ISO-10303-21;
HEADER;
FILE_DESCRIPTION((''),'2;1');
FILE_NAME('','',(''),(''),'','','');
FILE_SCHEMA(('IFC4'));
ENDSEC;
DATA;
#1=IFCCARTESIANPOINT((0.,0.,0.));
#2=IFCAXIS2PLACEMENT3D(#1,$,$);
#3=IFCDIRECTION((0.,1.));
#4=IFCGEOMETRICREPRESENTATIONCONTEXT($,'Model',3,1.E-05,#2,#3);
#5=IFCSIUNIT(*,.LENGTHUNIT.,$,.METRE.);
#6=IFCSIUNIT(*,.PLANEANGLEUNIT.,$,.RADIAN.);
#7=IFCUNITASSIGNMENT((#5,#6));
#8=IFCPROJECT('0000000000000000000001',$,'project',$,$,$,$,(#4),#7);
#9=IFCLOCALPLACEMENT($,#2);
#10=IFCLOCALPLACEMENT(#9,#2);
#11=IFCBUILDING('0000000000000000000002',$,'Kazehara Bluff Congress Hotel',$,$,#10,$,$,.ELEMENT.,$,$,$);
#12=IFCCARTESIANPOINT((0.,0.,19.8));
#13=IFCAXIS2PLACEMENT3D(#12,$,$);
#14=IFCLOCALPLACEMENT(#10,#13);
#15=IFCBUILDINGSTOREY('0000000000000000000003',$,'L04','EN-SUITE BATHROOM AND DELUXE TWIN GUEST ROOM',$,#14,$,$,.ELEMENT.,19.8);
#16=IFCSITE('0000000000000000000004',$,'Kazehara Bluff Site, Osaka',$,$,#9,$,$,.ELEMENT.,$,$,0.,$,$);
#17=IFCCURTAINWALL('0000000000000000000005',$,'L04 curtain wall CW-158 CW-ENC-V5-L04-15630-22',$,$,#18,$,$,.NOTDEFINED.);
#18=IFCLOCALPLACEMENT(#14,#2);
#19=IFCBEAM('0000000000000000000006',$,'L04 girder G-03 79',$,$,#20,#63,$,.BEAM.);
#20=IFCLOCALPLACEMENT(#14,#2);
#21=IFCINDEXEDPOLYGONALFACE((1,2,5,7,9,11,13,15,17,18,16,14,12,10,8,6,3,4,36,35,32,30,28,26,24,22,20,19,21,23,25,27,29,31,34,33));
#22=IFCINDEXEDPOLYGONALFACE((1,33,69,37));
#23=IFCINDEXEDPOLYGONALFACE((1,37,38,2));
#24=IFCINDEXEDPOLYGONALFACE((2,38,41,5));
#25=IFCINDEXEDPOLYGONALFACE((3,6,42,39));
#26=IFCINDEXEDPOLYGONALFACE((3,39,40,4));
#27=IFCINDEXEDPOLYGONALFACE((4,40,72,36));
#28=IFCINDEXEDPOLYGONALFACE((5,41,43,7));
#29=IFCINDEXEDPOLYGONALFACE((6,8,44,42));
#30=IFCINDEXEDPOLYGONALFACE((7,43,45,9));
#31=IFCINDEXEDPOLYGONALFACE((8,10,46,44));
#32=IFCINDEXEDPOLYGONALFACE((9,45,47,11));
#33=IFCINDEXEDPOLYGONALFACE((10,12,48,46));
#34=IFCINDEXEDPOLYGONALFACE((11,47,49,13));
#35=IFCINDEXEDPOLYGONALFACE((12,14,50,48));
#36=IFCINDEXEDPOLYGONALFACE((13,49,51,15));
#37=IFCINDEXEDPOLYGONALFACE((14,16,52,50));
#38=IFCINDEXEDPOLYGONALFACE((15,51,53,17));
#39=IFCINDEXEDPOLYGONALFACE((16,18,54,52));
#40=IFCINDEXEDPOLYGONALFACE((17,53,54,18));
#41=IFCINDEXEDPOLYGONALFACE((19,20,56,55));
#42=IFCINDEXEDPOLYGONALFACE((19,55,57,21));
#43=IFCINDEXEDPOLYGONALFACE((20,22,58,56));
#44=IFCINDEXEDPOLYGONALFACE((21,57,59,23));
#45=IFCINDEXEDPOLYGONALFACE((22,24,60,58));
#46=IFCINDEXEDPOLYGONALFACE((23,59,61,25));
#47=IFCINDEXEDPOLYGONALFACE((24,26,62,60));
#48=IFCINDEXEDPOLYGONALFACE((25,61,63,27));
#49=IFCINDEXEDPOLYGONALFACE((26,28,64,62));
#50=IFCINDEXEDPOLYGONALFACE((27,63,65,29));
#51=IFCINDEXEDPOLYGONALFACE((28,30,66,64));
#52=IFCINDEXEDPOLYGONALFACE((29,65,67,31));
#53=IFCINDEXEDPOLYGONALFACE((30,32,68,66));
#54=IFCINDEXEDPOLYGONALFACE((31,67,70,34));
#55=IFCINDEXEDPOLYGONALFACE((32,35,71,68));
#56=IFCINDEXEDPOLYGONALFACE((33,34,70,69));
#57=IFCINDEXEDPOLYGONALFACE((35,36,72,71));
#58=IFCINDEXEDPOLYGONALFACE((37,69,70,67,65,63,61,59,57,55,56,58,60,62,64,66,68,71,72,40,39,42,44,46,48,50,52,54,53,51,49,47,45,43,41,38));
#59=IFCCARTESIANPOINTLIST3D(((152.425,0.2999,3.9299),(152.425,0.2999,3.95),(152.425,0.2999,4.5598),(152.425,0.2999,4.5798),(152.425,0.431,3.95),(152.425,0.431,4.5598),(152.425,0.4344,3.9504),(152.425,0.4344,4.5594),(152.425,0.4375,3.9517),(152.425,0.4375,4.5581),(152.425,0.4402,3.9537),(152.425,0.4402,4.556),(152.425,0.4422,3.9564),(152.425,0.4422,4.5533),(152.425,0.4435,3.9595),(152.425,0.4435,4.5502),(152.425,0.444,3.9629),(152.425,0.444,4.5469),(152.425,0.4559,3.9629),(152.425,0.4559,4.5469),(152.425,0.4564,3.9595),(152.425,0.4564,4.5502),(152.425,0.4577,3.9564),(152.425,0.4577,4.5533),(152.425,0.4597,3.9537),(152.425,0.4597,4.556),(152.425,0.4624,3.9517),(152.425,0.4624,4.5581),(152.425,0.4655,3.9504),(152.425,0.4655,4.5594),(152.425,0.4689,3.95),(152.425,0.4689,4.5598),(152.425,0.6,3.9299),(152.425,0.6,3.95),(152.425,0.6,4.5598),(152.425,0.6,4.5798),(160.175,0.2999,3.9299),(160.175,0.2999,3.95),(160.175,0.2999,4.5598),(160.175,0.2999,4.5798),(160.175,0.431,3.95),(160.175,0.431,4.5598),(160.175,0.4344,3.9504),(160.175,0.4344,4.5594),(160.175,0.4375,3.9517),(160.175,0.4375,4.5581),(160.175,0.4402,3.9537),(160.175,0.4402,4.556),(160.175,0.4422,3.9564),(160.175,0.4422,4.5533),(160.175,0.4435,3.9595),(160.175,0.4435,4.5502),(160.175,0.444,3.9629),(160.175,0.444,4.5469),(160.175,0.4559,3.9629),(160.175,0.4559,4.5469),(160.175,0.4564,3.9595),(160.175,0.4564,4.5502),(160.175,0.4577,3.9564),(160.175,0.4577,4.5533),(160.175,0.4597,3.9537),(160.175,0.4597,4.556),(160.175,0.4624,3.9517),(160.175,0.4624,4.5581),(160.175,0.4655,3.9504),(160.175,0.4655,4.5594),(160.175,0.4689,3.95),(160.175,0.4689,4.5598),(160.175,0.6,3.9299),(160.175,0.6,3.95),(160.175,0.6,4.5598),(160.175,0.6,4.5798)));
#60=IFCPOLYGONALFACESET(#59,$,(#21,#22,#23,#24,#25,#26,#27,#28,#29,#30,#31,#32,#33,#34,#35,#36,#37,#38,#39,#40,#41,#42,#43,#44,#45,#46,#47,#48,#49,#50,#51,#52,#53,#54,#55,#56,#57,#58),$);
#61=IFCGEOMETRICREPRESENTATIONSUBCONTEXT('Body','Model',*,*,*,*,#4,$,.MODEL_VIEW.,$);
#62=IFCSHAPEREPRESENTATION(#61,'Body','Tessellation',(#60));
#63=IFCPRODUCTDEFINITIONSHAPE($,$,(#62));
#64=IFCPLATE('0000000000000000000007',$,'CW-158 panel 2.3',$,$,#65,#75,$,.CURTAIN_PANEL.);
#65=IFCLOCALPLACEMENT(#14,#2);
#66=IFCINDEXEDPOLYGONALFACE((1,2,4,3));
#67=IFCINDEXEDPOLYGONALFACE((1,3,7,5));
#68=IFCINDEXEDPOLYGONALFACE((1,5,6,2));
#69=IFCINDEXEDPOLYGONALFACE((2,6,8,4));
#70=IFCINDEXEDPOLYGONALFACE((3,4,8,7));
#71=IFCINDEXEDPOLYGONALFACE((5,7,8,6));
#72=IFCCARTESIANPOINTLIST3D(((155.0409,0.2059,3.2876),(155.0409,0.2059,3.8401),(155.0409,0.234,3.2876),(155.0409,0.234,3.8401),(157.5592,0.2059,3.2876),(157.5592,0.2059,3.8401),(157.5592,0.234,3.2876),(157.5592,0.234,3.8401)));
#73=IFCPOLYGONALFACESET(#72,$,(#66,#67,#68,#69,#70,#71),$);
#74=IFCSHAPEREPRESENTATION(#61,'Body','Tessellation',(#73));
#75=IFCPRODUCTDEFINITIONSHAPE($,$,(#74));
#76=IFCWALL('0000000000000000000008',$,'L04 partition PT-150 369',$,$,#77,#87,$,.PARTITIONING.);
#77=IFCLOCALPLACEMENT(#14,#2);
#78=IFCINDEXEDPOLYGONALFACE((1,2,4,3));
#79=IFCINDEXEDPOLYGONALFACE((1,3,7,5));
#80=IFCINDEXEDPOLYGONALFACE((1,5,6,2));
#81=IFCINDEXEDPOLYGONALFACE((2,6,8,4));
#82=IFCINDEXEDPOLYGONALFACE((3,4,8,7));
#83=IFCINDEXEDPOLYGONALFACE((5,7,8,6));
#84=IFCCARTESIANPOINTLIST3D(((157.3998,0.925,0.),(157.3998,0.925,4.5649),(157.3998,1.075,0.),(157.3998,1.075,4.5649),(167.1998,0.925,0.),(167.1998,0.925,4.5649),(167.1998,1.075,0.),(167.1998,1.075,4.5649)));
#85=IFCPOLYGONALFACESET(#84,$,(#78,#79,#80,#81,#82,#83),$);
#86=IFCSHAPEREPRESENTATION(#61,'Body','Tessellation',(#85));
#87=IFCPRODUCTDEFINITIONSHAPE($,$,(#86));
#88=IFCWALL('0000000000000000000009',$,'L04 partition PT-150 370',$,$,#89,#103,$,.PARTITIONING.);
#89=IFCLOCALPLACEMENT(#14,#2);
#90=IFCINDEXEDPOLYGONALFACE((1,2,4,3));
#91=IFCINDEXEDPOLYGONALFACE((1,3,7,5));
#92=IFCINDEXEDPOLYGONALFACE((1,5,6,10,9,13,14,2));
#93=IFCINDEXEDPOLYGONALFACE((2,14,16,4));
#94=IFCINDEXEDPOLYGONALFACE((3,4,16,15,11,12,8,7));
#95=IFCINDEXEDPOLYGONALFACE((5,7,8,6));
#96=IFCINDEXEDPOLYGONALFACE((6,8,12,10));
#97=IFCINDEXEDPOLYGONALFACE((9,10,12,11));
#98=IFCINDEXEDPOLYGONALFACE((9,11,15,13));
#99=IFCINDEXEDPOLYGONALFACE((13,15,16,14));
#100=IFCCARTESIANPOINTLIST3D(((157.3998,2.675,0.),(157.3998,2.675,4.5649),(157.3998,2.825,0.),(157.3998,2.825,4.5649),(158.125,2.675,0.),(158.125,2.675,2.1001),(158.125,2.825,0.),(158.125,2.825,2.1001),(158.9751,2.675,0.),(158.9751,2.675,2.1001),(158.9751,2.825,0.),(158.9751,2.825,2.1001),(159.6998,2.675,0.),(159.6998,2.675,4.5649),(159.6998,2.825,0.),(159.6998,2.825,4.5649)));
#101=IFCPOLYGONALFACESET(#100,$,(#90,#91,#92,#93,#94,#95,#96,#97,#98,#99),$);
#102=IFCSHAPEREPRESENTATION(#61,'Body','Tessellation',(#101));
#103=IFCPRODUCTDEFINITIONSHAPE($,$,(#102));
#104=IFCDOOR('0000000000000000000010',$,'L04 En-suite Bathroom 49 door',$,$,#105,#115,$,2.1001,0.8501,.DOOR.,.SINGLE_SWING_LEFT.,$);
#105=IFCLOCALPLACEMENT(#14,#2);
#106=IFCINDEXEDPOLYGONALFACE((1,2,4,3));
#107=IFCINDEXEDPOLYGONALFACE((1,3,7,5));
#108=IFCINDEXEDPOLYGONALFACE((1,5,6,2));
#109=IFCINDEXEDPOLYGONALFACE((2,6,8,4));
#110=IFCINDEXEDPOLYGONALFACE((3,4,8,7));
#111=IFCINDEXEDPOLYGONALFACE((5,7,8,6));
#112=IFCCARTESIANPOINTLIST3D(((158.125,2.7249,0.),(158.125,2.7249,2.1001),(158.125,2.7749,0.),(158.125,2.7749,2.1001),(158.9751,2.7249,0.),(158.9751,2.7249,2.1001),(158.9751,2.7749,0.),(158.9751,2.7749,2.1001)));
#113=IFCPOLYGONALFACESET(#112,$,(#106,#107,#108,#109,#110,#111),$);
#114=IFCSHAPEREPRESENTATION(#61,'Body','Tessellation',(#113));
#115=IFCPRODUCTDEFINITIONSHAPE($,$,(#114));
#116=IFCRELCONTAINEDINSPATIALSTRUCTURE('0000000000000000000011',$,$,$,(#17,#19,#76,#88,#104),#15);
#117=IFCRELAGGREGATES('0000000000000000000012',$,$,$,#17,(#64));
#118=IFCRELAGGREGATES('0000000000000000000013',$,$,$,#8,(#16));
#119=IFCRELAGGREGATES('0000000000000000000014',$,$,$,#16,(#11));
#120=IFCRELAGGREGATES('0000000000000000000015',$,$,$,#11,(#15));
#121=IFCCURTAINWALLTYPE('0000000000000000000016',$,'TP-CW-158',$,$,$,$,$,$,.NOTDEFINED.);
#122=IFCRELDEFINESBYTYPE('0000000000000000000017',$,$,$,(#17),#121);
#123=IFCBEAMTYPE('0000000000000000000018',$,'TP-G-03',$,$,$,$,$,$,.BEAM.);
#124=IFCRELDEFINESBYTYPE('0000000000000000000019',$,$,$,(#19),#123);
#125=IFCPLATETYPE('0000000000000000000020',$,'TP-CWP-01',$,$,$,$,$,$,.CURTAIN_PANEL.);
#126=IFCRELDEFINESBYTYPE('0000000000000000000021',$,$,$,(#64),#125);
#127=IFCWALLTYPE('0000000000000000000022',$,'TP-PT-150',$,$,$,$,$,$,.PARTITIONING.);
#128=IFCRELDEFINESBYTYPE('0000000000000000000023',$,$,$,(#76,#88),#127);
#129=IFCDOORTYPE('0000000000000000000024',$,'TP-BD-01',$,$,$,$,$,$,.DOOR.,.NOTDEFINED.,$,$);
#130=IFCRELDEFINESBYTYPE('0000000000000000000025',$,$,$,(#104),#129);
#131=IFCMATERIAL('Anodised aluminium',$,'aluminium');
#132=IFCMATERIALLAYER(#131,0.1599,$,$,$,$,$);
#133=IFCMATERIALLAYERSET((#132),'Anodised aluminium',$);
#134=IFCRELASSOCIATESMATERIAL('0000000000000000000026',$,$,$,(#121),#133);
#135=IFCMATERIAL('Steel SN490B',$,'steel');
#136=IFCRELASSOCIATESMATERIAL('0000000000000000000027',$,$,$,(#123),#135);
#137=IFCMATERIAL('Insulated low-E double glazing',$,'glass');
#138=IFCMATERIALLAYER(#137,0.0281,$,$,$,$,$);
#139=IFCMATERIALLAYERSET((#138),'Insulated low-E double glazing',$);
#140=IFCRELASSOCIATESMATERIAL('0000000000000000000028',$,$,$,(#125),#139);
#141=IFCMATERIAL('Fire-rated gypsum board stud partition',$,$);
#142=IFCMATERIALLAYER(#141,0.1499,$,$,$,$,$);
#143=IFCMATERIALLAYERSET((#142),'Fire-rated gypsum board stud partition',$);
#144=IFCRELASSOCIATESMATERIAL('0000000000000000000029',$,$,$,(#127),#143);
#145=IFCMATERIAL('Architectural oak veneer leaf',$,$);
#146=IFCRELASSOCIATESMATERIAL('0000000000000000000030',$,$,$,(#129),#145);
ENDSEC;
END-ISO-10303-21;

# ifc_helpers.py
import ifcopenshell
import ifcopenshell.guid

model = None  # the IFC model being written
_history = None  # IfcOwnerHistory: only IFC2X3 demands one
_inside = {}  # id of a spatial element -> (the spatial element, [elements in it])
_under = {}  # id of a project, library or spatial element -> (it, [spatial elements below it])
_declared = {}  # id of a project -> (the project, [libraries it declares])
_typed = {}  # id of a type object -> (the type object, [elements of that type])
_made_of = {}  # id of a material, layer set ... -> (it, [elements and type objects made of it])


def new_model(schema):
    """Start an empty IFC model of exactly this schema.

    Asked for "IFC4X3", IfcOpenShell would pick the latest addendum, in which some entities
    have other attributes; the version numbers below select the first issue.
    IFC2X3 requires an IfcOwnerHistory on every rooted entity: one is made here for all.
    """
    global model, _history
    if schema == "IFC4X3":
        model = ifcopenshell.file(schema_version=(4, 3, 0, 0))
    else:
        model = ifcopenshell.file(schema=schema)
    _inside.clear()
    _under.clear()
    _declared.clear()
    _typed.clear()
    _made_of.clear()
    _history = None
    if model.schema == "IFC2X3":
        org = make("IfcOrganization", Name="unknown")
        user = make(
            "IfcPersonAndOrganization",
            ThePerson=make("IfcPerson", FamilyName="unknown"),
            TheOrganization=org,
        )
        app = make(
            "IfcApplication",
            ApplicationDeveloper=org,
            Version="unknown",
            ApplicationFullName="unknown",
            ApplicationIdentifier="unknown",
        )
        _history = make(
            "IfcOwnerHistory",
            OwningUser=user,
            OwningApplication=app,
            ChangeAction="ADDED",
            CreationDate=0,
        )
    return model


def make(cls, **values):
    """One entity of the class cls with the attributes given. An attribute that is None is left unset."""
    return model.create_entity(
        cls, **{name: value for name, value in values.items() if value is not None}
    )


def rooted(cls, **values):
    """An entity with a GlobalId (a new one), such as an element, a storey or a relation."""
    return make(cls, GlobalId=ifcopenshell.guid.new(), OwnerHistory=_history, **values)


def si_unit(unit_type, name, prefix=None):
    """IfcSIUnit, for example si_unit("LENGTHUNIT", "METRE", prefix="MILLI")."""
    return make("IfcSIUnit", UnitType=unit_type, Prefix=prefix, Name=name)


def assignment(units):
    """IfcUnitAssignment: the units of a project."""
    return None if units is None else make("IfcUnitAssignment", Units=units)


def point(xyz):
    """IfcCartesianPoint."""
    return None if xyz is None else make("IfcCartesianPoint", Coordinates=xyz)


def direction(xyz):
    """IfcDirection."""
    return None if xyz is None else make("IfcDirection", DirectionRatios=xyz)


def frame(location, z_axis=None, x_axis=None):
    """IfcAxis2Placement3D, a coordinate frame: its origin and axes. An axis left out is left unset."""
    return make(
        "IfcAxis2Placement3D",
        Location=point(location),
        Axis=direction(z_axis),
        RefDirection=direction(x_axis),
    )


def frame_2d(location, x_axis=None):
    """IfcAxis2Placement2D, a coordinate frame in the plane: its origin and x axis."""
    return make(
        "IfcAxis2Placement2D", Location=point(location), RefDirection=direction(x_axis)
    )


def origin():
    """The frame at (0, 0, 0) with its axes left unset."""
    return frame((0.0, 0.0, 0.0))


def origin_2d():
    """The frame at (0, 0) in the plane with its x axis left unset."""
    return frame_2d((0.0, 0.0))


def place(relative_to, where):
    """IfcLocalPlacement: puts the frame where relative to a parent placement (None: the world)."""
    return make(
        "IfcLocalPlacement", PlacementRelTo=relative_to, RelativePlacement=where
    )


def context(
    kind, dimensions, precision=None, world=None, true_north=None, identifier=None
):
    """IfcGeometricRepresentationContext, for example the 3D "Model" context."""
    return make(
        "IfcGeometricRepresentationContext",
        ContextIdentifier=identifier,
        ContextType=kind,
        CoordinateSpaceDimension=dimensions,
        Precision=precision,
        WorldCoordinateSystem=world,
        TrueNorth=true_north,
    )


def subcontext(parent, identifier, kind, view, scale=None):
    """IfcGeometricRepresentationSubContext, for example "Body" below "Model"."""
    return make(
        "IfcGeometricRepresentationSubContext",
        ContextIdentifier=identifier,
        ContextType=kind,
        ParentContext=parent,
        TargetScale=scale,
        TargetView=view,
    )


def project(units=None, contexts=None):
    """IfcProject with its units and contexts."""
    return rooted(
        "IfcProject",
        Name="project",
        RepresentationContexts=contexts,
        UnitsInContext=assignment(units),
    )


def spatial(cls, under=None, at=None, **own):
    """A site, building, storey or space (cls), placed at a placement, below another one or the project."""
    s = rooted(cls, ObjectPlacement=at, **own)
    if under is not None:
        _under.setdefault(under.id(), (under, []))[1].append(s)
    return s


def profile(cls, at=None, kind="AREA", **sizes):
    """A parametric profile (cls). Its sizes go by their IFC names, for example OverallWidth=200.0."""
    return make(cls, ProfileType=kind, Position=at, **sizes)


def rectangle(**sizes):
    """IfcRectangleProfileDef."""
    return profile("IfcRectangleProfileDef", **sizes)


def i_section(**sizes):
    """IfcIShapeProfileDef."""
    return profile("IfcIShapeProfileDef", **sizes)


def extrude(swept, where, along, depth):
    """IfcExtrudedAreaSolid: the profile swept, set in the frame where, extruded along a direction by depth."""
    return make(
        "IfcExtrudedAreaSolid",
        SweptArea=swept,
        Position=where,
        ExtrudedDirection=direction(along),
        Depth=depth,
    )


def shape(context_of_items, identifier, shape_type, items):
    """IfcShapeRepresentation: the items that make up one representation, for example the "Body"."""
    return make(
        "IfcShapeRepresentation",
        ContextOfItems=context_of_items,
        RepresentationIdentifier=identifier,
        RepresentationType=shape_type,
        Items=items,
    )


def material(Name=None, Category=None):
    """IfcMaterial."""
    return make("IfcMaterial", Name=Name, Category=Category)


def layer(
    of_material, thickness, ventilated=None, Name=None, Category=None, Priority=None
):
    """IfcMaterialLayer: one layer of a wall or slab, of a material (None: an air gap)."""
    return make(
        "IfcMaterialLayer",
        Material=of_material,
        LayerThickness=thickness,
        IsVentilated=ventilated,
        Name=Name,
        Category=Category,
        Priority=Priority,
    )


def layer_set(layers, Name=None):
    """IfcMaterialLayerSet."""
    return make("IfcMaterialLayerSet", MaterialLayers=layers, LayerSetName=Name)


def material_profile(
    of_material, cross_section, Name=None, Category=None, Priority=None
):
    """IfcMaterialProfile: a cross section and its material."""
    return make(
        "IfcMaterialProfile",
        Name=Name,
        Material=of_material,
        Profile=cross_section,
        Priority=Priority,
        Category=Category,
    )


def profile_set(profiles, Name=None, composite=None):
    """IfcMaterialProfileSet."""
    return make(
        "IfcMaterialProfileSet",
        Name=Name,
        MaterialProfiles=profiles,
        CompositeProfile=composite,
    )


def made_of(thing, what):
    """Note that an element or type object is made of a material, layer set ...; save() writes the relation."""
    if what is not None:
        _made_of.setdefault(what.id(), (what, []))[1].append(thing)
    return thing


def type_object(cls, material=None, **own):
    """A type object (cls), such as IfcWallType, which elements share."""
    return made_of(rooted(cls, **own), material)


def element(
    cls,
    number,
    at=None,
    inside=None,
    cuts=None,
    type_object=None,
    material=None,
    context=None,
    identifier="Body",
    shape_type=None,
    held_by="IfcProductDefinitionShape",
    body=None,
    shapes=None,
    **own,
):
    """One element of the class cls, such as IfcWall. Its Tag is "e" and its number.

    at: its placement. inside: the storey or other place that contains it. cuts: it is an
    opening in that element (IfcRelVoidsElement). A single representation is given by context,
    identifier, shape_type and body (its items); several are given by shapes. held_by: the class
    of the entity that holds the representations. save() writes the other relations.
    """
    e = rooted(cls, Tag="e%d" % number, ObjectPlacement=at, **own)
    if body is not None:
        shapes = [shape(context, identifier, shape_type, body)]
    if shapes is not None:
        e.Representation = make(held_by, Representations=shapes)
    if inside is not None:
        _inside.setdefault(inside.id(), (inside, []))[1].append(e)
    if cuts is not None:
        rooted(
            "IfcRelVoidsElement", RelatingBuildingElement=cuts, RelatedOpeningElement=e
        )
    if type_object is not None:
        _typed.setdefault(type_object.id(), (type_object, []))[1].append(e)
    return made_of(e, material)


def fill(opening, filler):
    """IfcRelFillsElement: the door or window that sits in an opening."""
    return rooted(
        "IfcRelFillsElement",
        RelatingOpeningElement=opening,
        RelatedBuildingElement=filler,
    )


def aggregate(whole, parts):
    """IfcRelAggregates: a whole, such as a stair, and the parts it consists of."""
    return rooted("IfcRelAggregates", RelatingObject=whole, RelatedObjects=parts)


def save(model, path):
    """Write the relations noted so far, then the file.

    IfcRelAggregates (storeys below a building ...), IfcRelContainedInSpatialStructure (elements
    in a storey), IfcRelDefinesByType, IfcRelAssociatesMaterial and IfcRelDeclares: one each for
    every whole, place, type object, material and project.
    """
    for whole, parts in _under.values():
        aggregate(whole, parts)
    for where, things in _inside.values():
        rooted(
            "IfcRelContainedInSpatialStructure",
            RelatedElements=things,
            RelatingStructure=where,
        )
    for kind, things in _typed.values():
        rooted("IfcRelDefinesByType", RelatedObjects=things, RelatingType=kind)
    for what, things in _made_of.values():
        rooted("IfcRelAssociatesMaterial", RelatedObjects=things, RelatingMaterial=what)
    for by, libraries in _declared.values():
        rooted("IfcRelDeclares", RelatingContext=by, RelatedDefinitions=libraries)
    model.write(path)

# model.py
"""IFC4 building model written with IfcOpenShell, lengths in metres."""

from ifc_helpers import new_model, si_unit, direction, frame, frame_2d, origin, origin_2d, place, context, subcontext, project, spatial, rectangle, i_section, extrude, material, layer, layer_set, material_profile, profile_set, type_object, element, fill, aggregate, save


model = new_model("IFC4")

# Units and contexts
model_context = context("Model", 3, precision=1e-05, world=origin(), true_north=direction((0.0, 1.0)))
body_context = subcontext(model_context, "Body", "Model", "MODEL_VIEW")
ifc_project = project(units=[si_unit("LENGTHUNIT", "METRE"), si_unit("PLANEANGLEUNIT", "RADIAN")], contexts=[model_context])

# Site, building, storey
site_placement = place(None, origin())
site = spatial("IfcSite", under=ifc_project, at=site_placement, Name="Kazehara Bluff Site, Osaka", CompositionType="ELEMENT", RefElevation=0.0)
building_placement = place(site_placement, origin())
building = spatial("IfcBuilding", under=site, at=building_placement, Name="Kazehara Bluff Congress Hotel", CompositionType="ELEMENT")
storey_placement = place(building_placement, frame((0.0, 0.0, 19.8)))
storey = spatial("IfcBuildingStorey", under=building, at=storey_placement, Name="L04", Description="EN-SUITE BATHROOM AND DELUXE TWIN GUEST ROOM", CompositionType="ELEMENT", Elevation=19.8)

# Curtain wall
ifc_material_1 = material(Name="Anodised aluminium", Category="aluminium")
ifc_layer_1 = layer(ifc_material_1, 0.1599)
ifc_layer_set_1 = layer_set([ifc_layer_1], Name="Anodised aluminium")
curtain_wall_type = type_object("IfcCurtainWallType", Name="TP-CW-158", PredefinedType="NOTDEFINED", material=ifc_layer_set_1)
curtain_wall_placement = place(storey_placement, origin())
curtain_wall = element("IfcCurtainWall", 1, at=curtain_wall_placement, inside=storey, type_object=curtain_wall_type, Name="L04 curtain wall CW-158 CW-ENC-V5-L04-15630-22", PredefinedType="NOTDEFINED")

# Beam
ifc_material_2 = material(Name="Steel SN490B", Category="steel")
ifc_material_profile_1 = material_profile(ifc_material_2, i_section(OverallWidth=0.3, OverallDepth=0.6499, WebThickness=0.012, FlangeThickness=0.02, FilletRadius=0.0129, at=origin_2d()))
ifc_profile_set_1 = profile_set([ifc_material_profile_1], Name="Steel SN490B")
beam_type = type_object("IfcBeamType", Name="TP-G-03", PredefinedType="BEAM", material=ifc_profile_set_1)
beam_1_placement = place(storey_placement, frame((152.425, 0.45, 4.2549), z_axis=(1.0, 0.0, 0.0), x_axis=(0.0, 1.0, 0.0)))
element("IfcBeam", 2, at=beam_1_placement, inside=storey, type_object=beam_type, Name="L04 girder G-03 79", PredefinedType="BEAM", context=body_context, shape_type="SweptSolid", body=[
    extrude(i_section(OverallWidth=0.3, OverallDepth=0.6499, WebThickness=0.012, FlangeThickness=0.02, FilletRadius=0.0129, at=origin_2d()), origin(), (0.0, 0.0, 1.0), 7.75),
])

# Plate
ifc_material_3 = material(Name="Insulated low-E double glazing", Category="glass")
ifc_layer_2 = layer(ifc_material_3, 0.0281)
ifc_layer_set_2 = layer_set([ifc_layer_2], Name="Insulated low-E double glazing")
plate_type = type_object("IfcPlateType", Name="TP-CWP-01", PredefinedType="CURTAIN_PANEL", material=ifc_layer_set_2)
plate_placement = place(storey_placement, frame((156.3, 0.22, 3.2876), z_axis=(0.0, 0.0, 1.0), x_axis=(-1.0, 0.0, 0.0)))
plate = element("IfcPlate", 3, at=plate_placement, type_object=plate_type, Name="CW-158 panel 2.3", PredefinedType="CURTAIN_PANEL", context=body_context, shape_type="SweptSolid", body=[
    extrude(rectangle(XDim=2.5183, YDim=0.0281, at=origin_2d()), origin(), (0.0, 0.0, 1.0), 0.5525),
])
aggregate(curtain_wall, [plate])

# Wall
ifc_material_4 = material(Name="Fire-rated gypsum board stud partition")
ifc_layer_3 = layer(ifc_material_4, 0.1499)
ifc_layer_set_3 = layer_set([ifc_layer_3], Name="Fire-rated gypsum board stud partition")
wall_type = type_object("IfcWallType", Name="TP-PT-150", PredefinedType="PARTITIONING", material=ifc_layer_set_3)
wall_1_placement = place(storey_placement, frame((157.3999, 1.0, 0.0), z_axis=(0.0, 0.0, 1.0), x_axis=(1.0, 0.0, 0.0)))
element("IfcWall", 4, at=wall_1_placement, inside=storey, type_object=wall_type, Name="L04 partition PT-150 369", PredefinedType="PARTITIONING", context=body_context, shape_type="SweptSolid", body=[
    extrude(rectangle(XDim=9.8, YDim=0.1499, at=frame_2d((4.8999, 0.0))), origin(), (0.0, 0.0, 1.0), 4.5649),
])

# Wall, opening, door
wall_2_placement = place(storey_placement, frame((157.3999, 2.75, 0.0), z_axis=(0.0, 0.0, 1.0), x_axis=(1.0, 0.0, 0.0)))
wall_2 = element("IfcWall", 5, at=wall_2_placement, inside=storey, type_object=wall_type, Name="L04 partition PT-150 370", PredefinedType="PARTITIONING", context=body_context, shape_type="SweptSolid", body=[
    extrude(rectangle(XDim=2.3, YDim=0.1499, at=frame_2d((1.1499, 0.0))), origin(), (0.0, 0.0, 1.0), 4.5649),
])
opening_1_placement = place(wall_2_placement, frame((0.7251, 0.0, 0.0)))
opening_1 = element("IfcOpeningElement", 6, at=opening_1_placement, cuts=wall_2, PredefinedType="OPENING", context=body_context, shape_type="SweptSolid", body=[
    extrude(rectangle(XDim=0.8501, YDim=2.1001, at=frame_2d((0.425, 1.05))), frame((0.0, 0.085, 0.0), z_axis=(0.0, -1.0, 0.0), x_axis=(1.0, 0.0, 0.0)), (0.0, 0.0, 1.0), 0.1699),
])
ifc_material_5 = material(Name="Architectural oak veneer leaf")
door_type_1 = type_object("IfcDoorType", Name="TP-BD-01", OperationType="NOTDEFINED", PredefinedType="DOOR", material=ifc_material_5)
door_1_placement = place(opening_1_placement, origin())
door_1 = element("IfcDoor", 7, at=door_1_placement, inside=storey, type_object=door_type_1, Name="L04 En-suite Bathroom 49 door", OperationType="SINGLE_SWING_LEFT", OverallHeight=2.1001, OverallWidth=0.8501, PredefinedType="DOOR", context=body_context, shape_type="SweptSolid", body=[
    extrude(rectangle(XDim=0.8501, YDim=2.1001, at=frame_2d((0.425, 1.05))), frame((0.0, 0.0249, 0.0), z_axis=(0.0, -1.0, 0.0), x_axis=(1.0, 0.0, 0.0)), (0.0, 0.0, 1.0), 0.05),
])
fill(opening_1, door_1)

save(model, "model.ifc")
